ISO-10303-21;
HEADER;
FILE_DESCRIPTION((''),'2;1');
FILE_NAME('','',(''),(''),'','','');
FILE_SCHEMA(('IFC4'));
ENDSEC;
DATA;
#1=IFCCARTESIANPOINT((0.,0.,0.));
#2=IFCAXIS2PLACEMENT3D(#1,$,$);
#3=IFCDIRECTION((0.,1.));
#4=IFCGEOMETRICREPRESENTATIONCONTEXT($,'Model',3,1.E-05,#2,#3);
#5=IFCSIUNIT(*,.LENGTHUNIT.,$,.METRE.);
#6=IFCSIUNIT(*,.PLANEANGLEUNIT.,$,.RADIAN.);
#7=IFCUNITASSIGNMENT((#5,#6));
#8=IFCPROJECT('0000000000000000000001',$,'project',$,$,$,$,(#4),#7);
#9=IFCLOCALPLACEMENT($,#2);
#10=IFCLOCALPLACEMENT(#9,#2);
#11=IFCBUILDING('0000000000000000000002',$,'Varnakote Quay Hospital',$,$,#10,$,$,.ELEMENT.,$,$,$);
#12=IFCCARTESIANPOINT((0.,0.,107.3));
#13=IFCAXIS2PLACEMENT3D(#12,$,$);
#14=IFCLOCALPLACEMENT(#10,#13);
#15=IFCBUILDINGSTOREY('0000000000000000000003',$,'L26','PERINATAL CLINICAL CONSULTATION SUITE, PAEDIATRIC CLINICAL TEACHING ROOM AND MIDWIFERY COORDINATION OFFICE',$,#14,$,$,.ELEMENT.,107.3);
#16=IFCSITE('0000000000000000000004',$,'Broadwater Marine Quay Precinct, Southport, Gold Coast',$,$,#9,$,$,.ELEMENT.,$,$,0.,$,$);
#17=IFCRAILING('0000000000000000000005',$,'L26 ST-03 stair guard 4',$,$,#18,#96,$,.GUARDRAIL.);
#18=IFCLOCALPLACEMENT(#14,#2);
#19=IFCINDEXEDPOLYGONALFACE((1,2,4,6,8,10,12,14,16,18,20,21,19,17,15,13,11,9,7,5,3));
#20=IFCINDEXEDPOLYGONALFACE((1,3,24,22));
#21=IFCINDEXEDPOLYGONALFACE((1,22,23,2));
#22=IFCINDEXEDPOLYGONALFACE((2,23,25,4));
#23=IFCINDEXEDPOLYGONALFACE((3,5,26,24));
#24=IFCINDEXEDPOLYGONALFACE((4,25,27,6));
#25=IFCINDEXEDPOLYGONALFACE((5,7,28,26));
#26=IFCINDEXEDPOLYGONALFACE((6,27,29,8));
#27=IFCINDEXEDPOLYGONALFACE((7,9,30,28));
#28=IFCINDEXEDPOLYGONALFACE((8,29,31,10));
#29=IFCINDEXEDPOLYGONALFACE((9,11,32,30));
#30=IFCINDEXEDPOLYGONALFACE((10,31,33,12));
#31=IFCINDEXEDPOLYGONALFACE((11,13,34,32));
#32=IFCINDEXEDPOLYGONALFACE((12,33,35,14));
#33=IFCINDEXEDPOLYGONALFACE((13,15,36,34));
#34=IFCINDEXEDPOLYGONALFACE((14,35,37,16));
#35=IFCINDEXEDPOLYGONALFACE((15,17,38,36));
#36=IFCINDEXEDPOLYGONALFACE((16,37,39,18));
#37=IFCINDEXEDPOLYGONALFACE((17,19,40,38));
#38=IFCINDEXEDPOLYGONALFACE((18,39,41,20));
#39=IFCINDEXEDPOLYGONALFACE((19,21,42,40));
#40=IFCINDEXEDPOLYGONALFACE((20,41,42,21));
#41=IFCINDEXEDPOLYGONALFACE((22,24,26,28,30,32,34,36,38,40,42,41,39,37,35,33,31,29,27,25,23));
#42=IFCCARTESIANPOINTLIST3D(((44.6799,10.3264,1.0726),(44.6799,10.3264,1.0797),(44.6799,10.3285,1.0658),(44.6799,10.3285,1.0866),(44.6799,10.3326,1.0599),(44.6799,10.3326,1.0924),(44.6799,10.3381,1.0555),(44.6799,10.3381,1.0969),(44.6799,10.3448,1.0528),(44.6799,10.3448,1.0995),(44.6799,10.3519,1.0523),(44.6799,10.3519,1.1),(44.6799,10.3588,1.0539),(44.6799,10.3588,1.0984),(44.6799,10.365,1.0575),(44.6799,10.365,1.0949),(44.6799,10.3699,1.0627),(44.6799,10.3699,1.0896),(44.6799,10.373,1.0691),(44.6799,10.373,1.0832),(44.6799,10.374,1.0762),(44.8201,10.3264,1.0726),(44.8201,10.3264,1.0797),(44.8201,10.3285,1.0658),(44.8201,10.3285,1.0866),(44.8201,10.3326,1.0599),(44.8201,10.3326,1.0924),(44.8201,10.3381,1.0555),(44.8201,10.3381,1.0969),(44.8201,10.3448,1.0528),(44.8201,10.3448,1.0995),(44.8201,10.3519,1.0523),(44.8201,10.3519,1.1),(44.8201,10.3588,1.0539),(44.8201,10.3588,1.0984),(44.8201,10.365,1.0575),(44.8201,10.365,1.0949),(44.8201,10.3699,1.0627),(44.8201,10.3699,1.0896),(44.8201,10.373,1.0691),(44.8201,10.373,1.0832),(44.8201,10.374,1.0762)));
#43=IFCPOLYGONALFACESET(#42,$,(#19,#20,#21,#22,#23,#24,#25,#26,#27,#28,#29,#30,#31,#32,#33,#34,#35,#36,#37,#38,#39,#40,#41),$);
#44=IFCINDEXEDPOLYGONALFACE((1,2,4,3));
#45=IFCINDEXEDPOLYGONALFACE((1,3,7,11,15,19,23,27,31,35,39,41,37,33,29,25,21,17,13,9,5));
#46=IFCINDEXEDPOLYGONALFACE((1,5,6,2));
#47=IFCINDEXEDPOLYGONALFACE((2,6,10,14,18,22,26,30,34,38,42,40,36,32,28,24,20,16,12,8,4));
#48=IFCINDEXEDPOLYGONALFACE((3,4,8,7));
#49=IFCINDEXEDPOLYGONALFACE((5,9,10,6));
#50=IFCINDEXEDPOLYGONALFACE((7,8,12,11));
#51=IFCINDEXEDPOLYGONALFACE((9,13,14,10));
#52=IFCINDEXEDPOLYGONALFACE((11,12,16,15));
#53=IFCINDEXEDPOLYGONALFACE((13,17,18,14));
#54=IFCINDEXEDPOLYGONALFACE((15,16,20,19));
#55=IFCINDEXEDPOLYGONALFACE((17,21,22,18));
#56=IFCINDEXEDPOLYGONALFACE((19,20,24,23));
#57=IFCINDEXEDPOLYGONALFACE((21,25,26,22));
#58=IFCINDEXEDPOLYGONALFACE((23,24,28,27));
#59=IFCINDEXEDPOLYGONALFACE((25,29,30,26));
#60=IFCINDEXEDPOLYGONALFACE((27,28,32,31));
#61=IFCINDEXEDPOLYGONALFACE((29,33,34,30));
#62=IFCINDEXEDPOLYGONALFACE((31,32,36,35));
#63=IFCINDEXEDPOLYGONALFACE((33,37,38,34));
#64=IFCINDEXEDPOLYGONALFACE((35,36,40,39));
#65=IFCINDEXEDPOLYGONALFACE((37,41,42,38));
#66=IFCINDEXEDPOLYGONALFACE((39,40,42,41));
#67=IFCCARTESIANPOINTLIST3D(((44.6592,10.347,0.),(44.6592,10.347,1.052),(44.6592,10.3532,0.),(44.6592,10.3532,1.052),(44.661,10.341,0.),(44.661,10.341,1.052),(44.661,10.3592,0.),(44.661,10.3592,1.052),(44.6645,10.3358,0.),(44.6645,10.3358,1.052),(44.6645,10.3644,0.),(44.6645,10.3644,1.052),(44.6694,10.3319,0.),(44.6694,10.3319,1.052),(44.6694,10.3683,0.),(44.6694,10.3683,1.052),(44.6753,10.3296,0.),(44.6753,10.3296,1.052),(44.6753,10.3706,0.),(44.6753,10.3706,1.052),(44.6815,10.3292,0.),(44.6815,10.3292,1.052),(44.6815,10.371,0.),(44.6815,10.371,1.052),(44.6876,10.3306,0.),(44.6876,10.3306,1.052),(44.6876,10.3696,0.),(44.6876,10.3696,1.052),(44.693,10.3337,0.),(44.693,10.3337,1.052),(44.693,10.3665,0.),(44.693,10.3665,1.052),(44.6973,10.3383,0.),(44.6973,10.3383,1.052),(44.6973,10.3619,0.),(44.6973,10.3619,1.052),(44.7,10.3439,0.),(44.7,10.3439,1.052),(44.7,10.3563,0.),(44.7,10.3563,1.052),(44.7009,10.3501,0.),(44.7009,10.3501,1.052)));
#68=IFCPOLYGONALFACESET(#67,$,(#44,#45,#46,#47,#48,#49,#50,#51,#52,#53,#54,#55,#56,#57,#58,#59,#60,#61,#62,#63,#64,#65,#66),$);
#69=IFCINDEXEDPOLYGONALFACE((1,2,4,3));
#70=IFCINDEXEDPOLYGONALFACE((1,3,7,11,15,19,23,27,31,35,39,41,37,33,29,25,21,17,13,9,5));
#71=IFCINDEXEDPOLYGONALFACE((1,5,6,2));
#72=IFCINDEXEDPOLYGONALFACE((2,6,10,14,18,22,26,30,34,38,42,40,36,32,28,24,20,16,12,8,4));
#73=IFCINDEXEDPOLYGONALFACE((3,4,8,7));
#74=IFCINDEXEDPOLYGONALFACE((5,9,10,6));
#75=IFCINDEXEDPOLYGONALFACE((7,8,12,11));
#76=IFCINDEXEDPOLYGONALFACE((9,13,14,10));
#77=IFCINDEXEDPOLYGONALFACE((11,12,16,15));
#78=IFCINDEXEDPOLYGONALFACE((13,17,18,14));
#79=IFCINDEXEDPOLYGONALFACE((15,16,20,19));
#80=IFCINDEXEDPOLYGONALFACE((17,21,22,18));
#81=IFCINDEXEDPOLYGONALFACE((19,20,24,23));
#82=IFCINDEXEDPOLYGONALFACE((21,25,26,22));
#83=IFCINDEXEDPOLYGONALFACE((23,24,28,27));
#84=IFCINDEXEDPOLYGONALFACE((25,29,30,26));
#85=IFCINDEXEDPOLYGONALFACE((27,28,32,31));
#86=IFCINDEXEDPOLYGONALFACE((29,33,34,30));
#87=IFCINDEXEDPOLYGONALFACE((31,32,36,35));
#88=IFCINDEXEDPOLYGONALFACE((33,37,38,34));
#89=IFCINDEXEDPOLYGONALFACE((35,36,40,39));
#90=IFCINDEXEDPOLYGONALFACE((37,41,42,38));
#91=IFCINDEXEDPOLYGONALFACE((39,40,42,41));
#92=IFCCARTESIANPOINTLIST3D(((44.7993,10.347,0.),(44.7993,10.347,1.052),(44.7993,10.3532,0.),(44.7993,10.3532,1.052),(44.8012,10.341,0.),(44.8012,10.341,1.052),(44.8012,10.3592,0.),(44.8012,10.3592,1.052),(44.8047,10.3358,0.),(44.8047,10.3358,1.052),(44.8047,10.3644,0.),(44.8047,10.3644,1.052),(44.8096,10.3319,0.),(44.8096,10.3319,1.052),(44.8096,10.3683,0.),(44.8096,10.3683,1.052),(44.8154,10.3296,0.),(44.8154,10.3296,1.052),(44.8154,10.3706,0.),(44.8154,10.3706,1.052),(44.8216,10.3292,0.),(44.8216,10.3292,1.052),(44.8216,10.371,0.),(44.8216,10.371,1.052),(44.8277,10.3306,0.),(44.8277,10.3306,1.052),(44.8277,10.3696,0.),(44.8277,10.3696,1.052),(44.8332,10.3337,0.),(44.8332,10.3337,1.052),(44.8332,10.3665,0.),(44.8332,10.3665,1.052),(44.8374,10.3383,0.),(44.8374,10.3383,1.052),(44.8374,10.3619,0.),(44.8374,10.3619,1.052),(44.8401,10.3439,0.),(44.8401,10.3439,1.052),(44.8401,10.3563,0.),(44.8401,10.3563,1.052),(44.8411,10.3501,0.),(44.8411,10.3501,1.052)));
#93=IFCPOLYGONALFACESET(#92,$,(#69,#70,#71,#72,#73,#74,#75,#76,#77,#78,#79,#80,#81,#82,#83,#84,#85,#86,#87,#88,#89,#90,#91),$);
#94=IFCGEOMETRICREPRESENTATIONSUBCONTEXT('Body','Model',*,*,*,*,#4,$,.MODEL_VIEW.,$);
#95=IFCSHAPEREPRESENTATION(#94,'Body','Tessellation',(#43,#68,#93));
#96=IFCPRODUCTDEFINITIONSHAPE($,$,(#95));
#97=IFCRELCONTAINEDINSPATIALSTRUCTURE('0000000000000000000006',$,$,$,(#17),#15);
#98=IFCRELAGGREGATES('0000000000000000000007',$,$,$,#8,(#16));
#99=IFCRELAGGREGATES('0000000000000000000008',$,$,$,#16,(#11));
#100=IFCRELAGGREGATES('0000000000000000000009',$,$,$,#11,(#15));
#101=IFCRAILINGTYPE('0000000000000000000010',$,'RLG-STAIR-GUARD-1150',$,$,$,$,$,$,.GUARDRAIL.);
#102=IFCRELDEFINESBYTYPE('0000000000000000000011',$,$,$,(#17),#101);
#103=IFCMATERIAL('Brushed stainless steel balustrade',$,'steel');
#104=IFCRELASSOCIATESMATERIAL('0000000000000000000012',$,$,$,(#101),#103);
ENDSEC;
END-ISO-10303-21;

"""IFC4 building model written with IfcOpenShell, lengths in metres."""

from ifc_helpers import new_model, si_unit, direction, frame, origin, origin_2d, place, context, subcontext, project, spatial, circle, extrude, material, type_object, element, save


model = new_model("IFC4")

# Units and contexts
model_context = context("Model", 3, precision=1e-05, world=origin(), true_north=direction((0.0, 1.0)))
body_context = subcontext(model_context, "Body", "Model", "MODEL_VIEW")
ifc_project = project(units=[si_unit("LENGTHUNIT", "METRE"), si_unit("PLANEANGLEUNIT", "RADIAN")], contexts=[model_context])

# Site, building, storey
site_placement = place(None, origin())
site = spatial("IfcSite", under=ifc_project, at=site_placement, Name="Broadwater Marine Quay Precinct, Southport, Gold Coast", CompositionType="ELEMENT", RefElevation=0.0)
building_placement = place(site_placement, origin())
building = spatial("IfcBuilding", under=site, at=building_placement, Name="Varnakote Quay Hospital", CompositionType="ELEMENT")
storey_placement = place(building_placement, frame((0.0, 0.0, 107.3)))
storey = spatial("IfcBuildingStorey", under=building, at=storey_placement, Name="L26", Description="PERINATAL CLINICAL CONSULTATION SUITE, PAEDIATRIC CLINICAL TEACHING ROOM AND MIDWIFERY COORDINATION OFFICE", CompositionType="ELEMENT", Elevation=107.3)

# Railing
ifc_material_1 = material(Name="Brushed stainless steel balustrade", Category="steel")
railing_type = type_object("IfcRailingType", Name="RLG-STAIR-GUARD-1150", PredefinedType="GUARDRAIL", material=ifc_material_1)
railing_1_placement = place(storey_placement, frame((44.6799, 10.3501, 0.0)))
element("IfcRailing", 1, at=railing_1_placement, inside=storey, type_object=railing_type, Name="L26 ST-03 stair guard 4", PredefinedType="GUARDRAIL", context=body_context, shape_type="SweptSolid", body=[
    extrude(circle(Radius=0.0239, at=origin_2d()), frame((0.0, 0.0, 1.0762), z_axis=(1.0, 0.0, 0.0), x_axis=(0.0, 1.0, 0.0)), (0.0, 0.0, 1.0), 0.1401),
    extrude(circle(Radius=0.021, at=origin_2d()), origin(), (0.0, 0.0, 1.0), 1.052),
    extrude(circle(Radius=0.021, at=origin_2d()), frame((0.1401, 0.0, 0.0)), (0.0, 0.0, 1.0), 1.052),
])

save(model, "model.ifc")
